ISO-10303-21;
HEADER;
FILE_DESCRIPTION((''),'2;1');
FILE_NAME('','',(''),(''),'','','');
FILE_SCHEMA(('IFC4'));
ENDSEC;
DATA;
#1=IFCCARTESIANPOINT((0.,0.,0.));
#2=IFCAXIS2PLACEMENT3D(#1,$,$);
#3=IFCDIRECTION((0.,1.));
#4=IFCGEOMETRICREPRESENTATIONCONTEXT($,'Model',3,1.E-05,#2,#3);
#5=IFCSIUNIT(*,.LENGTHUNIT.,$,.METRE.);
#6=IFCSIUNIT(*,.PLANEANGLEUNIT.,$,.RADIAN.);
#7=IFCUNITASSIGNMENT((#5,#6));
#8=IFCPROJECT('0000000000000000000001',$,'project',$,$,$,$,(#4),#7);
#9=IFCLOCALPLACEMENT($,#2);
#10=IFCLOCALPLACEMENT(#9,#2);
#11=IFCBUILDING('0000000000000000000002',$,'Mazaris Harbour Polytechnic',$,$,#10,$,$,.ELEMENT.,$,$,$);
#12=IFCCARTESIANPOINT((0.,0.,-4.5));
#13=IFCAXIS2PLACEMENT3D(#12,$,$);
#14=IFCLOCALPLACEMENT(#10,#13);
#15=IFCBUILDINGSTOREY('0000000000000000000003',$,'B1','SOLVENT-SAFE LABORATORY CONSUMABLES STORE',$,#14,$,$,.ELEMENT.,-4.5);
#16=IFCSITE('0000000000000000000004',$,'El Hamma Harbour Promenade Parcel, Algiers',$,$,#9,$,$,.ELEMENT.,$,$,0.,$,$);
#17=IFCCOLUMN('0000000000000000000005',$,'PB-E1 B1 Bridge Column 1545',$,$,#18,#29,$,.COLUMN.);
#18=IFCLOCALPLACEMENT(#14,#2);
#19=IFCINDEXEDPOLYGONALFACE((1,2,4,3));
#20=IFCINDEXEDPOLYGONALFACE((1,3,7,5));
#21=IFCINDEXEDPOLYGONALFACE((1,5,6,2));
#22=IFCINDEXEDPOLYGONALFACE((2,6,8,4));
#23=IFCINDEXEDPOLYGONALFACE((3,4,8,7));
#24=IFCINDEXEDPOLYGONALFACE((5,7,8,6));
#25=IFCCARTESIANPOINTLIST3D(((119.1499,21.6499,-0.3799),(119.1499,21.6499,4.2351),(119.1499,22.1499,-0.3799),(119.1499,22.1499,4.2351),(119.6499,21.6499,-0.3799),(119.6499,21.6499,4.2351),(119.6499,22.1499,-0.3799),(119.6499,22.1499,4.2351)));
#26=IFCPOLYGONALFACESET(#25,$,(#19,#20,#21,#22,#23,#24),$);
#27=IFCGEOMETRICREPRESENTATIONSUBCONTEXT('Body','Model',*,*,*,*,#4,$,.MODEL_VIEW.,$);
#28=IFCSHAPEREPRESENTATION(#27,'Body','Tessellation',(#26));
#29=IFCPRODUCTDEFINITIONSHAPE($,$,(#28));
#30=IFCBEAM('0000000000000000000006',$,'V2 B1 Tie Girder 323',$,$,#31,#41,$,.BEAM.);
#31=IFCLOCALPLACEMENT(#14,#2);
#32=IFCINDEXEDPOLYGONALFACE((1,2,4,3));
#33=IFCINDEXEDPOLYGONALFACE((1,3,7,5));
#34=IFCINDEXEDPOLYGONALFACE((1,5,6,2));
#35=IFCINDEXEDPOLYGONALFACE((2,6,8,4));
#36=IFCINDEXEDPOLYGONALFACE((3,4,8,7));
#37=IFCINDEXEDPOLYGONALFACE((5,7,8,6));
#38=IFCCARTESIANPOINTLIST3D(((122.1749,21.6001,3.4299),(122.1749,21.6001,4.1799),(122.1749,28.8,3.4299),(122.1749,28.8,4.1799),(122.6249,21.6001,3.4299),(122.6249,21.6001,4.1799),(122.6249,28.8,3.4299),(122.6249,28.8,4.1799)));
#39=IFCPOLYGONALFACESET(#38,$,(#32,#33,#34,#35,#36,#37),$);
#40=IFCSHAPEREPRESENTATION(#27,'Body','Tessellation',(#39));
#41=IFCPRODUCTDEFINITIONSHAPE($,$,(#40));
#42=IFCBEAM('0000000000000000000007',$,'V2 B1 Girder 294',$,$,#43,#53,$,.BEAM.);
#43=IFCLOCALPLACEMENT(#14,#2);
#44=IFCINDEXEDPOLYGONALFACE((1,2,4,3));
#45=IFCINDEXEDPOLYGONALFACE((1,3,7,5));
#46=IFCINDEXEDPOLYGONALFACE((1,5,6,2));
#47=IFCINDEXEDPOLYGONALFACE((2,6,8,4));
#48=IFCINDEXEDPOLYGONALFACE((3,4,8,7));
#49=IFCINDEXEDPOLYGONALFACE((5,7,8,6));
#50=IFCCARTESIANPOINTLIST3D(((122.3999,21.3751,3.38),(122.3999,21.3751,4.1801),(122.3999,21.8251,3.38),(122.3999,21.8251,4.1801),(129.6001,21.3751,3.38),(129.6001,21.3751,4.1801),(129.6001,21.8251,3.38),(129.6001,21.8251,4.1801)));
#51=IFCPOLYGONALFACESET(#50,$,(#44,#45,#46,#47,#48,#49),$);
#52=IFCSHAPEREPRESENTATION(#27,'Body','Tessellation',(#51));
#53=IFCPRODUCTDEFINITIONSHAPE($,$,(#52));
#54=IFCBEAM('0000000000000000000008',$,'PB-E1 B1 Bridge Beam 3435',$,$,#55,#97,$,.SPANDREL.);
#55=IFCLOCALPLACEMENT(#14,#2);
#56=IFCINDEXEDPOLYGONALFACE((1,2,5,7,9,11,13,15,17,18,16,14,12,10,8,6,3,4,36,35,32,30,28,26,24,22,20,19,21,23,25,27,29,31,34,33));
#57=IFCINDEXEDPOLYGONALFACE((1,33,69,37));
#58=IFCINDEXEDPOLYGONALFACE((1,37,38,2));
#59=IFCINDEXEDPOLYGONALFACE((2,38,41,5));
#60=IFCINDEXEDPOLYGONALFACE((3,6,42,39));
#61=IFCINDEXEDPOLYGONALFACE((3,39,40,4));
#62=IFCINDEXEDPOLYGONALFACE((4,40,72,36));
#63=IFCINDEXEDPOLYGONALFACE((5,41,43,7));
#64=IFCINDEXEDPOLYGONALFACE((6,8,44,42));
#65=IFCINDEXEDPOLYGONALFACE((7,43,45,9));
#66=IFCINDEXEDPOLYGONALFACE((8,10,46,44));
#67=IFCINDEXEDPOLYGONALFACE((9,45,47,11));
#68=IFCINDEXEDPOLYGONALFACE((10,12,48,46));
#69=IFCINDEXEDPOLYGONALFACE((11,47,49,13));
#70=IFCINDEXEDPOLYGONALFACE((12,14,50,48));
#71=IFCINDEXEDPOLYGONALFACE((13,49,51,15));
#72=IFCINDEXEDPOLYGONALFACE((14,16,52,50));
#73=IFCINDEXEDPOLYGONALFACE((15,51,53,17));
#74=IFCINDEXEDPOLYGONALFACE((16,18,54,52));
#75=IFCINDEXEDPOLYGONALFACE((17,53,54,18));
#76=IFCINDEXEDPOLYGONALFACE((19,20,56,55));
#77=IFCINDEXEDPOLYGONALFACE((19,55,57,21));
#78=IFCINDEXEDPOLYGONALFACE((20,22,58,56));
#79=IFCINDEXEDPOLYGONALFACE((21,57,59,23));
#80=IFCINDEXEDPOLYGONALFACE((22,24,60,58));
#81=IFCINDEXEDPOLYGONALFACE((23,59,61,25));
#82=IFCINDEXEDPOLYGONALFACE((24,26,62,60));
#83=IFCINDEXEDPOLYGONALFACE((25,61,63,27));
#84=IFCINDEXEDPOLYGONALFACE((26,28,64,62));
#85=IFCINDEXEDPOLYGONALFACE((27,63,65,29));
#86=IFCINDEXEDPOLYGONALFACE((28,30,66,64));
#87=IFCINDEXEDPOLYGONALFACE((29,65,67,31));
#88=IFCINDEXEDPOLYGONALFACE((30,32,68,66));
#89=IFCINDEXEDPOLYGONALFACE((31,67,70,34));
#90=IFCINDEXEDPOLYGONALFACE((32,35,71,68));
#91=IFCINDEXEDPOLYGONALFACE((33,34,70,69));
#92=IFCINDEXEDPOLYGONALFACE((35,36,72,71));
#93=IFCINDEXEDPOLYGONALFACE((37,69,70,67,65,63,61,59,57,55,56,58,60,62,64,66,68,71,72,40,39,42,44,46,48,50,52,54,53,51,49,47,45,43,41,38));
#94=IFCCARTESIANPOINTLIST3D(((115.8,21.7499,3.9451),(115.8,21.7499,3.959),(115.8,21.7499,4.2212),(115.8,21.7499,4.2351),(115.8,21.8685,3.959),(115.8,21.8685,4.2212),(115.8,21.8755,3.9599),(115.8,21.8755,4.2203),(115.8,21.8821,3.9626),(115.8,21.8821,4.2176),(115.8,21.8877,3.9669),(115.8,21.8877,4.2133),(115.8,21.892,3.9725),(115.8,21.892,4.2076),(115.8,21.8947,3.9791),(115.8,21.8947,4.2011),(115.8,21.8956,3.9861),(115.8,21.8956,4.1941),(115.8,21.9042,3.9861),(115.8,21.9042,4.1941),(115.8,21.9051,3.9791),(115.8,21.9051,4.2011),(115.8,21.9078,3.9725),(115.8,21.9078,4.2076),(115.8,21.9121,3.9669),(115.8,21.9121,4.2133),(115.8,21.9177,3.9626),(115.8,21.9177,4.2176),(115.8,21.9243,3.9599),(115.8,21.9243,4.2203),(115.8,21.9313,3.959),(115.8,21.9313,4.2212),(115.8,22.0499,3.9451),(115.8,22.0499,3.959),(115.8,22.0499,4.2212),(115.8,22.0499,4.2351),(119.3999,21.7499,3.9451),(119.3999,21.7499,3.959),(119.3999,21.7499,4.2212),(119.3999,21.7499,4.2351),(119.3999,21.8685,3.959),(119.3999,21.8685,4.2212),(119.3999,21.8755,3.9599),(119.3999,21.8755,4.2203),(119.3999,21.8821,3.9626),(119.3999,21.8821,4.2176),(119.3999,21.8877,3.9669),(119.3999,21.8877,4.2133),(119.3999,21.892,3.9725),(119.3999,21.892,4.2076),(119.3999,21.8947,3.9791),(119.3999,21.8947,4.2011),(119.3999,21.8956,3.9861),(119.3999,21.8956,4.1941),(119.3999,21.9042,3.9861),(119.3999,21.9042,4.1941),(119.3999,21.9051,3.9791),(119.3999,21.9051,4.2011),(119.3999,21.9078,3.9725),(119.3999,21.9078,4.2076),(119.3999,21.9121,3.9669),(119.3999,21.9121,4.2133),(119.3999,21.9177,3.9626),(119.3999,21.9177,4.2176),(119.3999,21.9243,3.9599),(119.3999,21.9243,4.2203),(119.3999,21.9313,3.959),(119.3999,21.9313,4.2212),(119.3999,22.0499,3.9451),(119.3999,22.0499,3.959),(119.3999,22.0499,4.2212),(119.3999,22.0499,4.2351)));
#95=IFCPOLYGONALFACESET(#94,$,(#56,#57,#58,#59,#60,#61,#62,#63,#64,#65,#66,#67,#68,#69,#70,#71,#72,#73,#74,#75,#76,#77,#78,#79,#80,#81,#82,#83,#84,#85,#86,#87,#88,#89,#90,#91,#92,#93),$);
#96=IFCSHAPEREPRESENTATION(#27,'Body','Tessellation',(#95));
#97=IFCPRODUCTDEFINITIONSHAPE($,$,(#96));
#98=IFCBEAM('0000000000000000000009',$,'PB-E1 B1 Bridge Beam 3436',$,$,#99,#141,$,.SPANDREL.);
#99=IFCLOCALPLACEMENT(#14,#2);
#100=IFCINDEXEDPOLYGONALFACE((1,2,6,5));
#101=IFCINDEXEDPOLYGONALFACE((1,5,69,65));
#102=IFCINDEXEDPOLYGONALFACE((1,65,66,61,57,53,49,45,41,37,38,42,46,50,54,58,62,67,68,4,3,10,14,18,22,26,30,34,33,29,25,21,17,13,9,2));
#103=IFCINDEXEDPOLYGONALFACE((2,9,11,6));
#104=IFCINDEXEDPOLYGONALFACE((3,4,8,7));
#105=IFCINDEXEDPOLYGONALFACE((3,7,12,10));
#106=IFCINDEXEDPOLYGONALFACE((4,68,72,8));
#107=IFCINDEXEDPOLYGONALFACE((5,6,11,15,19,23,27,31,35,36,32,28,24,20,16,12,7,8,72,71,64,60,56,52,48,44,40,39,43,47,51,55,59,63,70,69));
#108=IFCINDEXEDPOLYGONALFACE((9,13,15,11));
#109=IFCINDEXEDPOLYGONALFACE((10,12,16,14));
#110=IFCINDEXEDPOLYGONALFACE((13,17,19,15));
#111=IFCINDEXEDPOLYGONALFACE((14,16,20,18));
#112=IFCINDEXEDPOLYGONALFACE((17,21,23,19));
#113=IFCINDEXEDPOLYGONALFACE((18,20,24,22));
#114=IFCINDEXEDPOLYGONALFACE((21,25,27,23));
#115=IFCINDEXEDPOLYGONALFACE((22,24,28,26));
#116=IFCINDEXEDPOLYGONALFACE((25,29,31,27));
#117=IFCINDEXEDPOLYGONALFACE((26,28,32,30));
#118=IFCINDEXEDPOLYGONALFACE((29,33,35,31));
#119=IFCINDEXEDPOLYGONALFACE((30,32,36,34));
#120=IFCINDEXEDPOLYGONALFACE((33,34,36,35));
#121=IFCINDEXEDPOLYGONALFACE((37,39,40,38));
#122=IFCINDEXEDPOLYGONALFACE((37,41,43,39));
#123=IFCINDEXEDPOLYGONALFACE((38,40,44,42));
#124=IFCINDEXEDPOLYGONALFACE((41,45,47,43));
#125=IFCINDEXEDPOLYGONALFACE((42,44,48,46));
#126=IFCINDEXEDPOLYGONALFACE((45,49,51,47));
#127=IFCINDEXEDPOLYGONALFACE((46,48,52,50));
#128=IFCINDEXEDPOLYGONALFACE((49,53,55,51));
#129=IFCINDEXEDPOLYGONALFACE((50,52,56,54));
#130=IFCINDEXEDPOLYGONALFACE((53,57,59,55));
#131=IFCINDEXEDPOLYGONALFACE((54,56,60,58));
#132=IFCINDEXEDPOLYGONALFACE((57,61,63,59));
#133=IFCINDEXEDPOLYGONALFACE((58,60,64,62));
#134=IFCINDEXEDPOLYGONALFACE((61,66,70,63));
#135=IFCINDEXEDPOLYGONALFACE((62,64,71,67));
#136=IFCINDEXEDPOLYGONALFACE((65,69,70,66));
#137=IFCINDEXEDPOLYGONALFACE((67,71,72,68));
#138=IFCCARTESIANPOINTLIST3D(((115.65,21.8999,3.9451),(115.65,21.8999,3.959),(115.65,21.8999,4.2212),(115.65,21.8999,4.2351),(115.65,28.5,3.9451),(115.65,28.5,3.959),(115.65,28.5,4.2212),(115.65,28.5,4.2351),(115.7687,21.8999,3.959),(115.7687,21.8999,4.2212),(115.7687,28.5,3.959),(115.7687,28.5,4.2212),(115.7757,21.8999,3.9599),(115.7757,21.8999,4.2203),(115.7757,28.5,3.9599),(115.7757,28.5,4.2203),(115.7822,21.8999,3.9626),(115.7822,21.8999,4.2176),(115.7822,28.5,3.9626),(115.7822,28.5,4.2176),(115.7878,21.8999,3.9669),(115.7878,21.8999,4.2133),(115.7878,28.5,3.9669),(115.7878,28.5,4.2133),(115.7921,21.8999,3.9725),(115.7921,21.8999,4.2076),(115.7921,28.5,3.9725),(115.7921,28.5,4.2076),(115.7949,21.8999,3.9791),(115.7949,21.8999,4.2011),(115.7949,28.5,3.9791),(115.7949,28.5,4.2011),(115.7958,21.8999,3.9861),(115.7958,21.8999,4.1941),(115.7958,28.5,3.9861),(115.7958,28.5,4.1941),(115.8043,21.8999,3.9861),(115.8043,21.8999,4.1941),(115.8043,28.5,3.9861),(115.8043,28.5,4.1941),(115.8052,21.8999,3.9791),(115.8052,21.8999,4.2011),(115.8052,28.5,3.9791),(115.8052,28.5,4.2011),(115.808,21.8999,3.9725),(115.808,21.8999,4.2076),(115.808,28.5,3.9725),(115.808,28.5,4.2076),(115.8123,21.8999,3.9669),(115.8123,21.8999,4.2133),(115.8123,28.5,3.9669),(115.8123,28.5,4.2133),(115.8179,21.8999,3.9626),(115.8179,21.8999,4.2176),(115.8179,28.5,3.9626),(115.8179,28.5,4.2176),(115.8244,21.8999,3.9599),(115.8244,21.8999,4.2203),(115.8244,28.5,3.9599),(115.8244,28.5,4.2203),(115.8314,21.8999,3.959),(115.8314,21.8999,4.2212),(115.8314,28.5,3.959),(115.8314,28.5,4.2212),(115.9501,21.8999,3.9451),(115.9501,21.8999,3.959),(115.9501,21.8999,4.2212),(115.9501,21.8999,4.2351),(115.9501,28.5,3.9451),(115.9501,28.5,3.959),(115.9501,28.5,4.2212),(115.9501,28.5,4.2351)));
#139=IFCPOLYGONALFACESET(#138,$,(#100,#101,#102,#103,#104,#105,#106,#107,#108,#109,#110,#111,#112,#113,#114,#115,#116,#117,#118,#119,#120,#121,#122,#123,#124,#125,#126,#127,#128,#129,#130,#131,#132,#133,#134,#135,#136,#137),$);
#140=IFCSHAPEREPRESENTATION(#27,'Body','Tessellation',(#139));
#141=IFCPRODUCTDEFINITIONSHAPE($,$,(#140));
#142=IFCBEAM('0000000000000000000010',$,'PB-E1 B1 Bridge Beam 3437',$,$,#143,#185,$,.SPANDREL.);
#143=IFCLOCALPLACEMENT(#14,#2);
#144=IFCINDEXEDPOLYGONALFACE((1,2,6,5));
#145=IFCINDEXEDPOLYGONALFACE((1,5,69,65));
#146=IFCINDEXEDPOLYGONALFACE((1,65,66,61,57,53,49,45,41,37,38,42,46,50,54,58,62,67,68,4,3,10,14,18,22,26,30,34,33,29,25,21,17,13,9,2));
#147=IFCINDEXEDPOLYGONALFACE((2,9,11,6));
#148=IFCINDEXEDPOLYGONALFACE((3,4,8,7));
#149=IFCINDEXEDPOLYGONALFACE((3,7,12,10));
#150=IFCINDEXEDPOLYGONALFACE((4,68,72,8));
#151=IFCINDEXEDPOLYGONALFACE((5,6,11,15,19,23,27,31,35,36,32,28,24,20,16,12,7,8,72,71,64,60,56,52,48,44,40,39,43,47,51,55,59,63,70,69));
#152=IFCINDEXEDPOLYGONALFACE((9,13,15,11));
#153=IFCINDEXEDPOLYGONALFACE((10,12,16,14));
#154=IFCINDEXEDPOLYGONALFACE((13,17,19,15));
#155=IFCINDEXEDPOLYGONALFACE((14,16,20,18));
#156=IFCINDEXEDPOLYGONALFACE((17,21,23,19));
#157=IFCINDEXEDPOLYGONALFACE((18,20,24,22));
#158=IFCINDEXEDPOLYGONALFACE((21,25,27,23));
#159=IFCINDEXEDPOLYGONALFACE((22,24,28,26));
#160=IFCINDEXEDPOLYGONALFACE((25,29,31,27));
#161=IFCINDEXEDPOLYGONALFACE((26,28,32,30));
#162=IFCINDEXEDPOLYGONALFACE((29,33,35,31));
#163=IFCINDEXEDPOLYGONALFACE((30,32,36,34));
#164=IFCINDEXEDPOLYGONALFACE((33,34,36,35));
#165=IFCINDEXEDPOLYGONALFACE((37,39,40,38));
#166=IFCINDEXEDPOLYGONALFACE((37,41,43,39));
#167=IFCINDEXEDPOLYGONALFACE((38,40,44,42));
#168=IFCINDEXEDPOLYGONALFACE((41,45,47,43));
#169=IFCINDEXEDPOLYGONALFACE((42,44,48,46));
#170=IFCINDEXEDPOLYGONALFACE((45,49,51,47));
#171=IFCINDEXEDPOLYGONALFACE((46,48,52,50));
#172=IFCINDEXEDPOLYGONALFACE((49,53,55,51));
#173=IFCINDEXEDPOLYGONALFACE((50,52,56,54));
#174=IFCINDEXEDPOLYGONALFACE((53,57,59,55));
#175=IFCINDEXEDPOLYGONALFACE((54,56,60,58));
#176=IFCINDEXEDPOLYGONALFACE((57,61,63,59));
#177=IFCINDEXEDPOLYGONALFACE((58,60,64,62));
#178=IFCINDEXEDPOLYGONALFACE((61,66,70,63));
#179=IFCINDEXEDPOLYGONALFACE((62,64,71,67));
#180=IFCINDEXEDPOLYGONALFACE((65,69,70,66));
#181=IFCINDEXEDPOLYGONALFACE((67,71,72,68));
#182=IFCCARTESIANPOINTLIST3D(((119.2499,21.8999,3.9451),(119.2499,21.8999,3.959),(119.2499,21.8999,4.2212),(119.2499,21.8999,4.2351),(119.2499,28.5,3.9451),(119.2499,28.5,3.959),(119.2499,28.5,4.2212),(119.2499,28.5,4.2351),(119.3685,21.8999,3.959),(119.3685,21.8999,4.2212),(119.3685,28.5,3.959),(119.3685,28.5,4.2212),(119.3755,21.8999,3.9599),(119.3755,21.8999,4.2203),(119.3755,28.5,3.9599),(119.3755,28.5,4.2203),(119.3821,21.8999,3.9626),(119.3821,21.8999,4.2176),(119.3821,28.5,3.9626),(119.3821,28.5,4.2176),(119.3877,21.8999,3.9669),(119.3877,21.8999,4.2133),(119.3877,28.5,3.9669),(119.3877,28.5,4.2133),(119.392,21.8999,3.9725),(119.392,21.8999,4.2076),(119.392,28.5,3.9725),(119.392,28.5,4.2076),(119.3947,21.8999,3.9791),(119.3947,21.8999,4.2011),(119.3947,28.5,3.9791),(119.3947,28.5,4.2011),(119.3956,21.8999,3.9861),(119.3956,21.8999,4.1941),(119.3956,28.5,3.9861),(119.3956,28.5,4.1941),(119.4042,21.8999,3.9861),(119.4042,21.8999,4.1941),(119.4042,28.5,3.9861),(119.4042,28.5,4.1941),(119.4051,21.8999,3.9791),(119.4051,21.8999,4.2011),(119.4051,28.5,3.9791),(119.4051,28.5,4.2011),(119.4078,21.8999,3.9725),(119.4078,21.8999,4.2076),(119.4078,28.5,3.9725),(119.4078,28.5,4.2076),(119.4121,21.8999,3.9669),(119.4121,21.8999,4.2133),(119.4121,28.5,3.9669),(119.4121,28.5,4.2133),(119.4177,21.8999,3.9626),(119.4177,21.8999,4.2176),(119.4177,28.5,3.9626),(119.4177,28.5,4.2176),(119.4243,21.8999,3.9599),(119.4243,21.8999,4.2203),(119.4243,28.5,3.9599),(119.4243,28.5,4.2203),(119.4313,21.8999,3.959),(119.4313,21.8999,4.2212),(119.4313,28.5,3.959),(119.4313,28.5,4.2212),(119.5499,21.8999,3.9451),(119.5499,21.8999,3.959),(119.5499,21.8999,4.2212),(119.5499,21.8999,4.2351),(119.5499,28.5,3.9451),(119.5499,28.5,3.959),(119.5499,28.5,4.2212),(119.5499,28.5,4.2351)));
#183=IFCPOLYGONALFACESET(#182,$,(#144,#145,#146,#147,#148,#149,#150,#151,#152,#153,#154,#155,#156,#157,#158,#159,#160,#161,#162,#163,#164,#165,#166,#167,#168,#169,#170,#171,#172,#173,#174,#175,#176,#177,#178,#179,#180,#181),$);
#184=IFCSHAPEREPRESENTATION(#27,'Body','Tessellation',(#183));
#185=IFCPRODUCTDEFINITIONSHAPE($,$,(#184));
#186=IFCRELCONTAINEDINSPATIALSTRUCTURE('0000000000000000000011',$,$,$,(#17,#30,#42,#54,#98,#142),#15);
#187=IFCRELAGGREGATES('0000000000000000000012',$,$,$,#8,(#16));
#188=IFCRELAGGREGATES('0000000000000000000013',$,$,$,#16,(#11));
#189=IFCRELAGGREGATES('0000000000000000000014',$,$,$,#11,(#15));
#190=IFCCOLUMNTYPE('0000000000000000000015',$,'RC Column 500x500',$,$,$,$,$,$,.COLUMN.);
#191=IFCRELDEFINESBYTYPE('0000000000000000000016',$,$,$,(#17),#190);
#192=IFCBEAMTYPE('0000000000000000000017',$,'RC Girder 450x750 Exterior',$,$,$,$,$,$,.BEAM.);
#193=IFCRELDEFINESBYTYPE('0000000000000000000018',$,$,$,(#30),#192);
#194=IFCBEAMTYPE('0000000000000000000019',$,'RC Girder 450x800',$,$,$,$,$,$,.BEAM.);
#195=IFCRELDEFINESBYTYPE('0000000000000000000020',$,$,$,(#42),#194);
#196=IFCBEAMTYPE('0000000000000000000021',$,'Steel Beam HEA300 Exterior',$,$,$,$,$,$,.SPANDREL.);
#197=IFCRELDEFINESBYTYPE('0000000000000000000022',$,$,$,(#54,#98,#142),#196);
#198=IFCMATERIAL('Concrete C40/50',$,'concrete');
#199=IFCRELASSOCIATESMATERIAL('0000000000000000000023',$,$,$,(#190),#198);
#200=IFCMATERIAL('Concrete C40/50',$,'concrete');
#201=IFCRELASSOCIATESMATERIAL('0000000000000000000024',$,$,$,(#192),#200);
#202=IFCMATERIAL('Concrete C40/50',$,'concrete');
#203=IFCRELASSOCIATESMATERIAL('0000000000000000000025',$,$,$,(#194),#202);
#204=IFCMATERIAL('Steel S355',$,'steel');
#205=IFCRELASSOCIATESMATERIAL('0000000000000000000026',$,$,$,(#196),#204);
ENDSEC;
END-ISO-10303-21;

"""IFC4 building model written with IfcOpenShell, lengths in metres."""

from ifc_helpers import new_model, si_unit, direction, frame, origin, origin_2d, place, context, subcontext, project, spatial, rectangle, i_section, extrude, material, material_profile, profile_set, type_object, element, save


model = new_model("IFC4")

# Units and contexts
model_context = context("Model", 3, precision=1e-05, world=origin(), true_north=direction((0.0, 1.0)))
body_context = subcontext(model_context, "Body", "Model", "MODEL_VIEW")
ifc_project = project(units=[si_unit("LENGTHUNIT", "METRE"), si_unit("PLANEANGLEUNIT", "RADIAN")], contexts=[model_context])

# Site, building, storey
site_placement = place(None, origin())
site = spatial("IfcSite", under=ifc_project, at=site_placement, Name="El Hamma Harbour Promenade Parcel, Algiers", CompositionType="ELEMENT", RefElevation=0.0)
building_placement = place(site_placement, origin())
building = spatial("IfcBuilding", under=site, at=building_placement, Name="Mazaris Harbour Polytechnic", CompositionType="ELEMENT")
storey_placement = place(building_placement, frame((0.0, 0.0, -4.5)))
storey = spatial("IfcBuildingStorey", under=building, at=storey_placement, Name="B1", Description="SOLVENT-SAFE LABORATORY CONSUMABLES STORE", CompositionType="ELEMENT", Elevation=-4.5)

# Column
ifc_material_1 = material(Name="Concrete C40/50", Category="concrete")
ifc_material_profile_1 = material_profile(ifc_material_1, rectangle(XDim=0.5, YDim=0.5, at=origin_2d()), Name="RECT500x500")
ifc_profile_set_1 = profile_set([ifc_material_profile_1], Name="Concrete C40/50")
column_type_1 = type_object("IfcColumnType", Name="RC Column 500x500", PredefinedType="COLUMN", material=ifc_profile_set_1)
for number, where, z_axis, x_axis, name in (
    (1, (119.3999, 21.8999, -0.3799), (0.0, 0.0, 1.0), (1.0, 0.0, 0.0), "PB-E1 B1 Bridge Column 1545"),
):
    element("IfcColumn", number, at=place(storey_placement, frame(where, z_axis=z_axis, x_axis=x_axis)), inside=storey, type_object=column_type_1, Name=name, PredefinedType="COLUMN", context=body_context, shape_type="SweptSolid", body=[
        extrude(rectangle(XDim=0.5, YDim=0.5, at=origin_2d()), origin(), (0.0, 0.0, 1.0), 4.615),
    ])

# Beams
ifc_material_2 = material(Name="Concrete C40/50", Category="concrete")
ifc_material_profile_2 = material_profile(ifc_material_2, rectangle(XDim=0.45, YDim=0.75, at=origin_2d()), Name="RECT450x750")
ifc_profile_set_2 = profile_set([ifc_material_profile_2], Name="Concrete C40/50")
beam_type_1 = type_object("IfcBeamType", Name="RC Girder 450x750 Exterior", PredefinedType="BEAM", material=ifc_profile_set_2)
beam_1_placement = place(storey_placement, frame((122.3999, 21.6001, 3.8049), z_axis=(0.0, 1.0, 0.0), x_axis=(-1.0, 0.0, 0.0)))
element("IfcBeam", 2, at=beam_1_placement, inside=storey, type_object=beam_type_1, Name="V2 B1 Tie Girder 323", PredefinedType="BEAM", context=body_context, shape_type="SweptSolid", body=[
    extrude(rectangle(XDim=0.45, YDim=0.75, at=origin_2d()), origin(), (0.0, 0.0, 1.0), 7.2),
])
ifc_material_3 = material(Name="Concrete C40/50", Category="concrete")
ifc_material_profile_3 = material_profile(ifc_material_3, rectangle(XDim=0.45, YDim=0.8, at=origin_2d()), Name="RECT450x800")
ifc_profile_set_3 = profile_set([ifc_material_profile_3], Name="Concrete C40/50")
beam_type_2 = type_object("IfcBeamType", Name="RC Girder 450x800", PredefinedType="BEAM", material=ifc_profile_set_3)
beam_2_placement = place(storey_placement, frame((122.3999, 21.6001, 3.78), z_axis=(1.0, 0.0, 0.0), x_axis=(0.0, 1.0, 0.0)))
element("IfcBeam", 3, at=beam_2_placement, inside=storey, type_object=beam_type_2, Name="V2 B1 Girder 294", PredefinedType="BEAM", context=body_context, shape_type="SweptSolid", body=[
    extrude(rectangle(XDim=0.45, YDim=0.8, at=origin_2d()), origin(), (0.0, 0.0, 1.0), 7.2002),
])
ifc_material_4 = material(Name="Steel S355", Category="steel")
ifc_material_profile_4 = material_profile(ifc_material_4, i_section(OverallWidth=0.3, OverallDepth=0.29, WebThickness=0.0085, FlangeThickness=0.0139, FilletRadius=0.0271, at=origin_2d()), Name="HEA 300")
ifc_profile_set_4 = profile_set([ifc_material_profile_4], Name="Steel S355")
beam_type_3 = type_object("IfcBeamType", Name="Steel Beam HEA300 Exterior", PredefinedType="SPANDREL", material=ifc_profile_set_4)
beam_3_placement = place(storey_placement, frame((115.8, 21.8999, 4.0901), z_axis=(1.0, 0.0, 0.0), x_axis=(0.0, 1.0, 0.0)))
element("IfcBeam", 4, at=beam_3_placement, inside=storey, type_object=beam_type_3, Name="PB-E1 B1 Bridge Beam 3435", PredefinedType="SPANDREL", context=body_context, shape_type="SweptSolid", body=[
    extrude(i_section(OverallWidth=0.3, OverallDepth=0.29, WebThickness=0.0085, FlangeThickness=0.0139, FilletRadius=0.0271, at=origin_2d()), origin(), (0.0, 0.0, 1.0), 3.5999),
])
for number, where, z_axis, x_axis, name in (
    (5, (115.8, 21.8999, 4.0901), (0.0, 1.0, 0.0), (-1.0, 0.0, 0.0), "PB-E1 B1 Bridge Beam 3436"),
    (6, (119.3999, 21.8999, 4.0901), (0.0, 1.0, 0.0), (-1.0, 0.0, 0.0), "PB-E1 B1 Bridge Beam 3437"),
):
    element("IfcBeam", number, at=place(storey_placement, frame(where, z_axis=z_axis, x_axis=x_axis)), inside=storey, type_object=beam_type_3, Name=name, PredefinedType="SPANDREL", context=body_context, shape_type="SweptSolid", body=[
        extrude(i_section(OverallWidth=0.3, OverallDepth=0.29, WebThickness=0.0085, FlangeThickness=0.0139, FilletRadius=0.0271, at=origin_2d()), origin(), (0.0, 0.0, 1.0), 6.6001),
    ])

save(model, "model.ifc")
